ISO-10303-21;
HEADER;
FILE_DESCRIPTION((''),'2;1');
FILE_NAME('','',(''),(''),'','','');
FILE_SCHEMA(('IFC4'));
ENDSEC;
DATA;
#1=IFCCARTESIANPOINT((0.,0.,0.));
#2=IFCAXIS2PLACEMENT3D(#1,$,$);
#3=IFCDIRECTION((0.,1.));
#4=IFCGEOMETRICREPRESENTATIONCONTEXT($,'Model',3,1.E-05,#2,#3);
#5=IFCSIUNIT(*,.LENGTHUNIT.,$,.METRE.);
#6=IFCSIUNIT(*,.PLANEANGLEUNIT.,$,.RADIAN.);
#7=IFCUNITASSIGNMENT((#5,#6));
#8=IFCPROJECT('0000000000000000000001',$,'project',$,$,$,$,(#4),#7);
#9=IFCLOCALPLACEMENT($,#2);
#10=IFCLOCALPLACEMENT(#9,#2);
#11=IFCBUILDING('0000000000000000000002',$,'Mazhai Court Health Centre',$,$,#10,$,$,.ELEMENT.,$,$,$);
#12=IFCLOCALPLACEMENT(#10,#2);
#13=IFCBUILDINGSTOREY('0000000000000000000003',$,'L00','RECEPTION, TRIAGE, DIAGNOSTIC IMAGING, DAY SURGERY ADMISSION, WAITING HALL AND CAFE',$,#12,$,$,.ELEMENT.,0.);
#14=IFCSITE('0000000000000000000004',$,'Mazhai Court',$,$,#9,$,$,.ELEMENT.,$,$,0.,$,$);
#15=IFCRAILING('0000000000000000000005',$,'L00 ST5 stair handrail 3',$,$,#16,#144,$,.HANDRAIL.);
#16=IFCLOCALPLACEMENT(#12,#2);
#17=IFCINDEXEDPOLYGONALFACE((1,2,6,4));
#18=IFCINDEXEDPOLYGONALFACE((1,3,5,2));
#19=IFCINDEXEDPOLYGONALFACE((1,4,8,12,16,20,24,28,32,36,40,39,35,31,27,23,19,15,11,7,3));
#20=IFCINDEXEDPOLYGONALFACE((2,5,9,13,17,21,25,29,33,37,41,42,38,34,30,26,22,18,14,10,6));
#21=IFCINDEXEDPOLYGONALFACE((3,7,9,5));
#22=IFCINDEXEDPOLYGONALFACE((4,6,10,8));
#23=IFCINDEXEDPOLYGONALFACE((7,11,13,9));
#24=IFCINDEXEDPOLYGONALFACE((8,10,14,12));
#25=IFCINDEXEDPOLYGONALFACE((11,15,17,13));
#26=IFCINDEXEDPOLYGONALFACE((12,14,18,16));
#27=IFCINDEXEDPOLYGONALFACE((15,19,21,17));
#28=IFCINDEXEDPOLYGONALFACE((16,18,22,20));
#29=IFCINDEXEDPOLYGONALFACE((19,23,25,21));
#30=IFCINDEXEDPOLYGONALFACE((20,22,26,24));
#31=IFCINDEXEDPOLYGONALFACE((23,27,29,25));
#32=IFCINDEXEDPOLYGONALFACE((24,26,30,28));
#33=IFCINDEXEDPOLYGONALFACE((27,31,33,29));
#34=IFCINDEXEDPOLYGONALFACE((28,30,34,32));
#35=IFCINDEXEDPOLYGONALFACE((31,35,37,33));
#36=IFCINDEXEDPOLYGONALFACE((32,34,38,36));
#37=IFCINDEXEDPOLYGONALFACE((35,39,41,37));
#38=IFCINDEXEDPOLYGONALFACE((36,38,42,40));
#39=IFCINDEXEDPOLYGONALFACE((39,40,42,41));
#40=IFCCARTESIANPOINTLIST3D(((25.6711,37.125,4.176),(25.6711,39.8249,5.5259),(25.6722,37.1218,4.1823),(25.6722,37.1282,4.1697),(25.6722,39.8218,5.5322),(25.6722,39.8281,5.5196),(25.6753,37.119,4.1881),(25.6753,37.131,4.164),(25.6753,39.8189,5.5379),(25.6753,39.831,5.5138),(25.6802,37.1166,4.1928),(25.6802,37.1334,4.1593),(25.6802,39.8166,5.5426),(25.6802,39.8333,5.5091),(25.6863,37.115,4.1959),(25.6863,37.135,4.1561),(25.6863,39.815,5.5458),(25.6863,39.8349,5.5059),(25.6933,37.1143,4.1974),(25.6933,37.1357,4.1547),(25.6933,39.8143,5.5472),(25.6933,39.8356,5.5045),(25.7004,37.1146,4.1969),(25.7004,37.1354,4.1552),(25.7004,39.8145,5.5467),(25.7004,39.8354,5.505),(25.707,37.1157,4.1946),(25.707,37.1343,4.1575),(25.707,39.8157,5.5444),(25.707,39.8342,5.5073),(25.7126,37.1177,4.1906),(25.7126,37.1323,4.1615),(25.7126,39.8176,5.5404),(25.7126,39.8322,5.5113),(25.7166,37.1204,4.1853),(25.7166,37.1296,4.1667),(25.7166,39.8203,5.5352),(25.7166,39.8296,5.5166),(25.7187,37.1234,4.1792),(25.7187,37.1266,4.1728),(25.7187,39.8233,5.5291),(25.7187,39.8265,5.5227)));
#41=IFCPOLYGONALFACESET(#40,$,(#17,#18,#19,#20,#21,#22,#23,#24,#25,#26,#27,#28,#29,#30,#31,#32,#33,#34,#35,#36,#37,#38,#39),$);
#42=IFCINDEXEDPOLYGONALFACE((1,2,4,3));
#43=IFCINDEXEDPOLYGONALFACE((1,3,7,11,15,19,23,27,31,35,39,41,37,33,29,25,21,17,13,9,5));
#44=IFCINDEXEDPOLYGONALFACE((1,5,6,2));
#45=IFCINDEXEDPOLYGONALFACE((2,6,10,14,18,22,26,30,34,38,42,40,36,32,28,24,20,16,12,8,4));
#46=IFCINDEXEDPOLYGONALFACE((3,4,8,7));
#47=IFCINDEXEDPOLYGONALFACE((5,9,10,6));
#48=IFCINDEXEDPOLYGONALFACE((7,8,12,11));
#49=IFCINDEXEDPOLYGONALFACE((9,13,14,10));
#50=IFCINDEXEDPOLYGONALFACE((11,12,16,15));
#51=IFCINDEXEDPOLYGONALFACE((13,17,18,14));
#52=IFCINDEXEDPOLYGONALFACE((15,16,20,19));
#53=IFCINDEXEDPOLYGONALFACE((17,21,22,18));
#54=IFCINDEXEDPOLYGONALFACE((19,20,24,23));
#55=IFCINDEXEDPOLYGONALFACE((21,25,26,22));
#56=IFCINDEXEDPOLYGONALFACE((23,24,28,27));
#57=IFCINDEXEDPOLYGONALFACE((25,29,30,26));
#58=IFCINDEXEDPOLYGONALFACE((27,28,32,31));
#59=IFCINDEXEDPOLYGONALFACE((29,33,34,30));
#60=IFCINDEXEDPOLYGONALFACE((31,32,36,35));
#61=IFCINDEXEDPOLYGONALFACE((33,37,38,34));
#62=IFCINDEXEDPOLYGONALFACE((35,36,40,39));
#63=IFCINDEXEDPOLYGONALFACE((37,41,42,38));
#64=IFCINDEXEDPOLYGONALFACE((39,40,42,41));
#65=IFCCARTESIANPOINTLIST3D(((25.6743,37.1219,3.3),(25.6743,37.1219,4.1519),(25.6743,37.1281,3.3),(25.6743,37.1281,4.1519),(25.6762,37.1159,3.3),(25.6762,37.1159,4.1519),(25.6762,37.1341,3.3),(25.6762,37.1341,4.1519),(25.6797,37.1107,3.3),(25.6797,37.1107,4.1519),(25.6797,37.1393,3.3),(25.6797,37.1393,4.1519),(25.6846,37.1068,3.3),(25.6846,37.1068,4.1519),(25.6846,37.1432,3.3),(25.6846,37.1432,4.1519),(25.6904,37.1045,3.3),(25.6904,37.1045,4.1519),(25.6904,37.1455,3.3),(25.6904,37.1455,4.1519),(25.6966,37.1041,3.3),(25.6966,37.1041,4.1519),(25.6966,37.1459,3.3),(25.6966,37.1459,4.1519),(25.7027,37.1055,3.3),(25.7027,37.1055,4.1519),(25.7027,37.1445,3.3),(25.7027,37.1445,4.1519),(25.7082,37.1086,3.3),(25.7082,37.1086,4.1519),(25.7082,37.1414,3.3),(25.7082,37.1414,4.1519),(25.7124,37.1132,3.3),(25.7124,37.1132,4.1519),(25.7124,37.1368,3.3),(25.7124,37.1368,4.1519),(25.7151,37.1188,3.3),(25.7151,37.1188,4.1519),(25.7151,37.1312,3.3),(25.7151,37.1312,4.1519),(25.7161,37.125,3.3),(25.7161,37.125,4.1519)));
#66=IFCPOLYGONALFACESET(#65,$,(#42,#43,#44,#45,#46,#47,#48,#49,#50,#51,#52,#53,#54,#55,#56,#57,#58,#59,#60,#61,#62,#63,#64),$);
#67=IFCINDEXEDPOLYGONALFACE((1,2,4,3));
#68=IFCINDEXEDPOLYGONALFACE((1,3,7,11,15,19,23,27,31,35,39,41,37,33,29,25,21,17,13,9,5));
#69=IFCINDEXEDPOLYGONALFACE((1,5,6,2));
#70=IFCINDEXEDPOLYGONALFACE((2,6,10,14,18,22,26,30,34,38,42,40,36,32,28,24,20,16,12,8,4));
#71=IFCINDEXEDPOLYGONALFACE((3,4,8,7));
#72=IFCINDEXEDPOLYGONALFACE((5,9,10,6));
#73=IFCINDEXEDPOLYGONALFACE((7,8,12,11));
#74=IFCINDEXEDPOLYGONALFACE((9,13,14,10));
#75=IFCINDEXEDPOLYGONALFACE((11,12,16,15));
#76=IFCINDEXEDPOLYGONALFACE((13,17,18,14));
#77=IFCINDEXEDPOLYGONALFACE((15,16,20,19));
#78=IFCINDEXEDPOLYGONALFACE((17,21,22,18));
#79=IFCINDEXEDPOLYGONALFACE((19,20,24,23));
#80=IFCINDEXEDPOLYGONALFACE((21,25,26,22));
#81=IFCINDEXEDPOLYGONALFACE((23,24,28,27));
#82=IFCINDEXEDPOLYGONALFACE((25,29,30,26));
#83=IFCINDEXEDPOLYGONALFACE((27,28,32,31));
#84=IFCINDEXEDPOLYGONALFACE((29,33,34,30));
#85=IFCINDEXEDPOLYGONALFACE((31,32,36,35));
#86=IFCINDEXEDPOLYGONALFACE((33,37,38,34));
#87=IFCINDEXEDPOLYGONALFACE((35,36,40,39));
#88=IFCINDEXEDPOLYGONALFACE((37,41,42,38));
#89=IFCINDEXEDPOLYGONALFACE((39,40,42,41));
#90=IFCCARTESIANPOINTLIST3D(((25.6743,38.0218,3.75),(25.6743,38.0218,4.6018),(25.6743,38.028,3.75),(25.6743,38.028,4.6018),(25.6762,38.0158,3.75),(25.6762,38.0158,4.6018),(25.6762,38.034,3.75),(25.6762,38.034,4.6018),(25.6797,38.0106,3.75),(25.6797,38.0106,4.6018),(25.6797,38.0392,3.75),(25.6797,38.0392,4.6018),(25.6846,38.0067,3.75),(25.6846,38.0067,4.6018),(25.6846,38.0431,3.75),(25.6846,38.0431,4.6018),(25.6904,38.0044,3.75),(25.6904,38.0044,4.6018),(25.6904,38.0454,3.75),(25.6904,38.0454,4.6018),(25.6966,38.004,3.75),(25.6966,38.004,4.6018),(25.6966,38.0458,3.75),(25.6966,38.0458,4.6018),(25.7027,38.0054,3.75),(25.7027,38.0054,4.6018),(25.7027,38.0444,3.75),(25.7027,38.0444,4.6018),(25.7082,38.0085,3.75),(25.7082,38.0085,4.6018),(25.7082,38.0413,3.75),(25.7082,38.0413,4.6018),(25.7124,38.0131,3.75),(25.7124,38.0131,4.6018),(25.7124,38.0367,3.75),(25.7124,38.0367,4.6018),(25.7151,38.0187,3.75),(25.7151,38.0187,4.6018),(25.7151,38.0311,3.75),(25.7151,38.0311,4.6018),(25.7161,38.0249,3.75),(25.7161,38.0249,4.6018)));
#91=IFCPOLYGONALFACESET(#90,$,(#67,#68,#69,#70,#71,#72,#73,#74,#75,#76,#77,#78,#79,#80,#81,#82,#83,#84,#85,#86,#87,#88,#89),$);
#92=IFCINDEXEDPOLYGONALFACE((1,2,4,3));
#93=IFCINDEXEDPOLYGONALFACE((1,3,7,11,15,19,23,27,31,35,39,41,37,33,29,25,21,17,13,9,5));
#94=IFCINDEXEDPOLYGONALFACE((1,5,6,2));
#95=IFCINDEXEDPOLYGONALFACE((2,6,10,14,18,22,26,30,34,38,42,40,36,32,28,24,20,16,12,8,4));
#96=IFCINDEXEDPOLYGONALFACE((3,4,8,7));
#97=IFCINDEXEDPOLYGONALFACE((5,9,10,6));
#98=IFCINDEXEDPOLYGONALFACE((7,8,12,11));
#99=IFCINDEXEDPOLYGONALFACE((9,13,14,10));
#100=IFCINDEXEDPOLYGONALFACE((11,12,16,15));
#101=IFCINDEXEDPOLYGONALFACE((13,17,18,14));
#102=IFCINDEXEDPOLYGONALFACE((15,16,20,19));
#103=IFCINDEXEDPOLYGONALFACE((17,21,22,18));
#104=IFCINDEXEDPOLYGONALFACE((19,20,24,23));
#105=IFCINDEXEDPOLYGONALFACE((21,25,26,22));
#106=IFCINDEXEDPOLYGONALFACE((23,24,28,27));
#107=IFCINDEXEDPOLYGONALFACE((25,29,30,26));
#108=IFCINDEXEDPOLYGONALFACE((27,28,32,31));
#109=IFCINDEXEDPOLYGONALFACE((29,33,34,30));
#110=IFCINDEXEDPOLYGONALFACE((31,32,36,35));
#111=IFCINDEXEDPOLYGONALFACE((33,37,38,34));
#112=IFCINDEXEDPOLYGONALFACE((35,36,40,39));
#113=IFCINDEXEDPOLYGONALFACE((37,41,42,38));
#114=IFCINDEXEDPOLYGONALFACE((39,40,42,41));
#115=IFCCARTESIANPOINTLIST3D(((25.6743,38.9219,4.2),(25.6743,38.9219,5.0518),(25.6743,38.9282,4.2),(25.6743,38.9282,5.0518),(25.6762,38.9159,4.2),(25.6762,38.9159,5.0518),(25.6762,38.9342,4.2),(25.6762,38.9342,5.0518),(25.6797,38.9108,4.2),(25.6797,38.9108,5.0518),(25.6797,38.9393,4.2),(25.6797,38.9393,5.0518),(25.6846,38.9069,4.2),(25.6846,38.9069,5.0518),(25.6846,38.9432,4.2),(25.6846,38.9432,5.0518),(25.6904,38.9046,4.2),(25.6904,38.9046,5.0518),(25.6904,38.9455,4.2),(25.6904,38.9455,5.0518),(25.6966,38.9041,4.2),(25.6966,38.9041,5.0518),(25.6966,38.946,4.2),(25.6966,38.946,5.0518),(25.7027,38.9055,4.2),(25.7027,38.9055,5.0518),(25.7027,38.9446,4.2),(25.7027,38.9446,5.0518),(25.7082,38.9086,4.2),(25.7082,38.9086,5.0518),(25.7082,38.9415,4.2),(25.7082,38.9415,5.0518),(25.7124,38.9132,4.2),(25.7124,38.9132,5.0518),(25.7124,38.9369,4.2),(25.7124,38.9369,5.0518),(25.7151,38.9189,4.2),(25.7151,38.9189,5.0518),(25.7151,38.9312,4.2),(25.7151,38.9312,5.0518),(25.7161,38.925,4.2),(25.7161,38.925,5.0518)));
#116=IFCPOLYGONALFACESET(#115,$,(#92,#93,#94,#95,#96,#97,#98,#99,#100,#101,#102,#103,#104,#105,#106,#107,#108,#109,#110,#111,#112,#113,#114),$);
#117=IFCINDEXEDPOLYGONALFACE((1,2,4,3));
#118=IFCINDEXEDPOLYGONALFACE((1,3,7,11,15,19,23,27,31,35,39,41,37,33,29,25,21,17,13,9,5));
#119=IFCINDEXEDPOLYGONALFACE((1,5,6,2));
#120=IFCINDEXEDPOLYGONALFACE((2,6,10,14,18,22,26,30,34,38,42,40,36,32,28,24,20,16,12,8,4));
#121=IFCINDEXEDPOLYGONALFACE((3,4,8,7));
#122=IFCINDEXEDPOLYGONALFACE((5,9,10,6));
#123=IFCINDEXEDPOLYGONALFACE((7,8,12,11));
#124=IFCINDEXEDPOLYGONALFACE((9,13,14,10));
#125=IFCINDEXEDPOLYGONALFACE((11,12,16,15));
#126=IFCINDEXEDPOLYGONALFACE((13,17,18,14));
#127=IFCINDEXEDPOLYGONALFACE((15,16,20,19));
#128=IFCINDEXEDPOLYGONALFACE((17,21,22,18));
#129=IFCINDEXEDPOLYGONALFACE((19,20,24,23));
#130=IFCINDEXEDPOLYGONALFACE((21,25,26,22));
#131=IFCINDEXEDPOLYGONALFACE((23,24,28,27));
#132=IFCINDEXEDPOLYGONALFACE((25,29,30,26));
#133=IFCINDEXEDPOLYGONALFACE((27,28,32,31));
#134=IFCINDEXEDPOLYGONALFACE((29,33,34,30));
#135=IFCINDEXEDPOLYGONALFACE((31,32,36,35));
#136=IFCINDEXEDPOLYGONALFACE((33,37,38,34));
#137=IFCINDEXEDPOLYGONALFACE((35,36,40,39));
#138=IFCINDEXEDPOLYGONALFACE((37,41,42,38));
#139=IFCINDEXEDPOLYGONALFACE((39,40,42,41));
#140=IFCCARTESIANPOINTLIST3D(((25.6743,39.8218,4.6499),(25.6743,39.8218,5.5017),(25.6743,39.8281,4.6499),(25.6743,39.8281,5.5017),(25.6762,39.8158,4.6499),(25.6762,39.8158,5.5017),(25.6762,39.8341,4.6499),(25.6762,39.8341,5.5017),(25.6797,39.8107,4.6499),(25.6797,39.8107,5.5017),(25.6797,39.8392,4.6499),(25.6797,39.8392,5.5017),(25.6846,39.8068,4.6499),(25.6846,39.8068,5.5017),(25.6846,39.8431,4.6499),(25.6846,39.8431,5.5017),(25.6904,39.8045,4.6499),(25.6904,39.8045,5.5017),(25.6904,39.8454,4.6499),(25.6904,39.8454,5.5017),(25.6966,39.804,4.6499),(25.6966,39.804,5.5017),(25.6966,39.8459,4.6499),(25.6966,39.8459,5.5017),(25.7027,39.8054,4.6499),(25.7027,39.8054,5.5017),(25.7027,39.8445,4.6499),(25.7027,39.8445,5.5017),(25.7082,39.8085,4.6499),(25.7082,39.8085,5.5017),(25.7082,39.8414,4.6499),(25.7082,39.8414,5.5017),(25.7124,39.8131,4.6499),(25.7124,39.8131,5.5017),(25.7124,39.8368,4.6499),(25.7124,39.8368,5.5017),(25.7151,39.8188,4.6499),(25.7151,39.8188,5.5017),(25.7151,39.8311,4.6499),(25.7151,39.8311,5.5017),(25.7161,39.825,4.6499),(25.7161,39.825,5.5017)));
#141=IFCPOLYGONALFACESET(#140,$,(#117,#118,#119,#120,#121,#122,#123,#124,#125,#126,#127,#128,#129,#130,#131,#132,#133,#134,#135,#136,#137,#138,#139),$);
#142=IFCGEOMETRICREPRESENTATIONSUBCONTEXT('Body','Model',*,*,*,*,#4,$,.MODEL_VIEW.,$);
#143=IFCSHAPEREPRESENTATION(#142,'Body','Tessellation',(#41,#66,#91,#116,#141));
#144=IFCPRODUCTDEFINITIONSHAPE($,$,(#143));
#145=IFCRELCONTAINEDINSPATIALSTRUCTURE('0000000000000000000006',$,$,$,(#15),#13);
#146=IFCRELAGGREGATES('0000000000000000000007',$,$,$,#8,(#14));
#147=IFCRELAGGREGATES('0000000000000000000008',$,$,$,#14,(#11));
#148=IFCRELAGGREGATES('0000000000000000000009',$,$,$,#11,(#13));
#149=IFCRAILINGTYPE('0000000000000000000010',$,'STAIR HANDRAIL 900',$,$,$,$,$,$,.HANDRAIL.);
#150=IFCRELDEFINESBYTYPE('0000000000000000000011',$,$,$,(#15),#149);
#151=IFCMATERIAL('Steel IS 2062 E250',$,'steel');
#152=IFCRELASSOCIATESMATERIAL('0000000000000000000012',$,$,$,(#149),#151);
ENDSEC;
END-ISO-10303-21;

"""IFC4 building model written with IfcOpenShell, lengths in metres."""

from ifc_helpers import new_model, si_unit, direction, frame, origin, origin_2d, place, context, subcontext, project, spatial, circle, extrude, material, type_object, element, save


model = new_model("IFC4")

# Units and contexts
model_context = context("Model", 3, precision=1e-05, world=origin(), true_north=direction((0.0, 1.0)))
body_context = subcontext(model_context, "Body", "Model", "MODEL_VIEW")
ifc_project = project(units=[si_unit("LENGTHUNIT", "METRE"), si_unit("PLANEANGLEUNIT", "RADIAN")], contexts=[model_context])

# Site, building, storey
site_placement = place(None, origin())
site = spatial("IfcSite", under=ifc_project, at=site_placement, Name="Mazhai Court", CompositionType="ELEMENT", RefElevation=0.0)
building_placement = place(site_placement, origin())
building = spatial("IfcBuilding", under=site, at=building_placement, Name="Mazhai Court Health Centre", CompositionType="ELEMENT")
storey_placement = place(building_placement, origin())
storey = spatial("IfcBuildingStorey", under=building, at=storey_placement, Name="L00", Description="RECEPTION, TRIAGE, DIAGNOSTIC IMAGING, DAY SURGERY ADMISSION, WAITING HALL AND CAFE", CompositionType="ELEMENT", Elevation=0.0)

# Railing
ifc_material_1 = material(Name="Steel IS 2062 E250", Category="steel")
railing_type = type_object("IfcRailingType", Name="STAIR HANDRAIL 900", PredefinedType="HANDRAIL", material=ifc_material_1)
railing_1_placement = place(storey_placement, frame((25.6951, 37.125, 3.3)))
element("IfcRailing", 1, at=railing_1_placement, inside=storey, type_object=railing_type, Name="L00 ST5 stair handrail 3", PredefinedType="HANDRAIL", context=body_context, shape_type="SweptSolid", body=[
    extrude(circle(Radius=0.0239, at=origin_2d()), frame((0.0, 0.0, 0.876), z_axis=(0.0, 0.894443, 0.447181), x_axis=(-1.0, 0.0, 0.0)), (0.0, 0.0, 1.0), 3.0186),
    extrude(circle(Radius=0.021, at=origin_2d()), origin(), (0.0, 0.0, 1.0), 0.8518),
    extrude(circle(Radius=0.021, at=origin_2d()), frame((0.0, 0.8999, 0.45)), (0.0, 0.0, 1.0), 0.8518),
    extrude(circle(Radius=0.021, at=origin_2d()), frame((0.0, 1.8, 0.8999)), (0.0, 0.0, 1.0), 0.8518),
    extrude(circle(Radius=0.021, at=origin_2d()), frame((0.0, 2.7, 1.3499)), (0.0, 0.0, 1.0), 0.8518),
])

save(model, "model.ifc")
